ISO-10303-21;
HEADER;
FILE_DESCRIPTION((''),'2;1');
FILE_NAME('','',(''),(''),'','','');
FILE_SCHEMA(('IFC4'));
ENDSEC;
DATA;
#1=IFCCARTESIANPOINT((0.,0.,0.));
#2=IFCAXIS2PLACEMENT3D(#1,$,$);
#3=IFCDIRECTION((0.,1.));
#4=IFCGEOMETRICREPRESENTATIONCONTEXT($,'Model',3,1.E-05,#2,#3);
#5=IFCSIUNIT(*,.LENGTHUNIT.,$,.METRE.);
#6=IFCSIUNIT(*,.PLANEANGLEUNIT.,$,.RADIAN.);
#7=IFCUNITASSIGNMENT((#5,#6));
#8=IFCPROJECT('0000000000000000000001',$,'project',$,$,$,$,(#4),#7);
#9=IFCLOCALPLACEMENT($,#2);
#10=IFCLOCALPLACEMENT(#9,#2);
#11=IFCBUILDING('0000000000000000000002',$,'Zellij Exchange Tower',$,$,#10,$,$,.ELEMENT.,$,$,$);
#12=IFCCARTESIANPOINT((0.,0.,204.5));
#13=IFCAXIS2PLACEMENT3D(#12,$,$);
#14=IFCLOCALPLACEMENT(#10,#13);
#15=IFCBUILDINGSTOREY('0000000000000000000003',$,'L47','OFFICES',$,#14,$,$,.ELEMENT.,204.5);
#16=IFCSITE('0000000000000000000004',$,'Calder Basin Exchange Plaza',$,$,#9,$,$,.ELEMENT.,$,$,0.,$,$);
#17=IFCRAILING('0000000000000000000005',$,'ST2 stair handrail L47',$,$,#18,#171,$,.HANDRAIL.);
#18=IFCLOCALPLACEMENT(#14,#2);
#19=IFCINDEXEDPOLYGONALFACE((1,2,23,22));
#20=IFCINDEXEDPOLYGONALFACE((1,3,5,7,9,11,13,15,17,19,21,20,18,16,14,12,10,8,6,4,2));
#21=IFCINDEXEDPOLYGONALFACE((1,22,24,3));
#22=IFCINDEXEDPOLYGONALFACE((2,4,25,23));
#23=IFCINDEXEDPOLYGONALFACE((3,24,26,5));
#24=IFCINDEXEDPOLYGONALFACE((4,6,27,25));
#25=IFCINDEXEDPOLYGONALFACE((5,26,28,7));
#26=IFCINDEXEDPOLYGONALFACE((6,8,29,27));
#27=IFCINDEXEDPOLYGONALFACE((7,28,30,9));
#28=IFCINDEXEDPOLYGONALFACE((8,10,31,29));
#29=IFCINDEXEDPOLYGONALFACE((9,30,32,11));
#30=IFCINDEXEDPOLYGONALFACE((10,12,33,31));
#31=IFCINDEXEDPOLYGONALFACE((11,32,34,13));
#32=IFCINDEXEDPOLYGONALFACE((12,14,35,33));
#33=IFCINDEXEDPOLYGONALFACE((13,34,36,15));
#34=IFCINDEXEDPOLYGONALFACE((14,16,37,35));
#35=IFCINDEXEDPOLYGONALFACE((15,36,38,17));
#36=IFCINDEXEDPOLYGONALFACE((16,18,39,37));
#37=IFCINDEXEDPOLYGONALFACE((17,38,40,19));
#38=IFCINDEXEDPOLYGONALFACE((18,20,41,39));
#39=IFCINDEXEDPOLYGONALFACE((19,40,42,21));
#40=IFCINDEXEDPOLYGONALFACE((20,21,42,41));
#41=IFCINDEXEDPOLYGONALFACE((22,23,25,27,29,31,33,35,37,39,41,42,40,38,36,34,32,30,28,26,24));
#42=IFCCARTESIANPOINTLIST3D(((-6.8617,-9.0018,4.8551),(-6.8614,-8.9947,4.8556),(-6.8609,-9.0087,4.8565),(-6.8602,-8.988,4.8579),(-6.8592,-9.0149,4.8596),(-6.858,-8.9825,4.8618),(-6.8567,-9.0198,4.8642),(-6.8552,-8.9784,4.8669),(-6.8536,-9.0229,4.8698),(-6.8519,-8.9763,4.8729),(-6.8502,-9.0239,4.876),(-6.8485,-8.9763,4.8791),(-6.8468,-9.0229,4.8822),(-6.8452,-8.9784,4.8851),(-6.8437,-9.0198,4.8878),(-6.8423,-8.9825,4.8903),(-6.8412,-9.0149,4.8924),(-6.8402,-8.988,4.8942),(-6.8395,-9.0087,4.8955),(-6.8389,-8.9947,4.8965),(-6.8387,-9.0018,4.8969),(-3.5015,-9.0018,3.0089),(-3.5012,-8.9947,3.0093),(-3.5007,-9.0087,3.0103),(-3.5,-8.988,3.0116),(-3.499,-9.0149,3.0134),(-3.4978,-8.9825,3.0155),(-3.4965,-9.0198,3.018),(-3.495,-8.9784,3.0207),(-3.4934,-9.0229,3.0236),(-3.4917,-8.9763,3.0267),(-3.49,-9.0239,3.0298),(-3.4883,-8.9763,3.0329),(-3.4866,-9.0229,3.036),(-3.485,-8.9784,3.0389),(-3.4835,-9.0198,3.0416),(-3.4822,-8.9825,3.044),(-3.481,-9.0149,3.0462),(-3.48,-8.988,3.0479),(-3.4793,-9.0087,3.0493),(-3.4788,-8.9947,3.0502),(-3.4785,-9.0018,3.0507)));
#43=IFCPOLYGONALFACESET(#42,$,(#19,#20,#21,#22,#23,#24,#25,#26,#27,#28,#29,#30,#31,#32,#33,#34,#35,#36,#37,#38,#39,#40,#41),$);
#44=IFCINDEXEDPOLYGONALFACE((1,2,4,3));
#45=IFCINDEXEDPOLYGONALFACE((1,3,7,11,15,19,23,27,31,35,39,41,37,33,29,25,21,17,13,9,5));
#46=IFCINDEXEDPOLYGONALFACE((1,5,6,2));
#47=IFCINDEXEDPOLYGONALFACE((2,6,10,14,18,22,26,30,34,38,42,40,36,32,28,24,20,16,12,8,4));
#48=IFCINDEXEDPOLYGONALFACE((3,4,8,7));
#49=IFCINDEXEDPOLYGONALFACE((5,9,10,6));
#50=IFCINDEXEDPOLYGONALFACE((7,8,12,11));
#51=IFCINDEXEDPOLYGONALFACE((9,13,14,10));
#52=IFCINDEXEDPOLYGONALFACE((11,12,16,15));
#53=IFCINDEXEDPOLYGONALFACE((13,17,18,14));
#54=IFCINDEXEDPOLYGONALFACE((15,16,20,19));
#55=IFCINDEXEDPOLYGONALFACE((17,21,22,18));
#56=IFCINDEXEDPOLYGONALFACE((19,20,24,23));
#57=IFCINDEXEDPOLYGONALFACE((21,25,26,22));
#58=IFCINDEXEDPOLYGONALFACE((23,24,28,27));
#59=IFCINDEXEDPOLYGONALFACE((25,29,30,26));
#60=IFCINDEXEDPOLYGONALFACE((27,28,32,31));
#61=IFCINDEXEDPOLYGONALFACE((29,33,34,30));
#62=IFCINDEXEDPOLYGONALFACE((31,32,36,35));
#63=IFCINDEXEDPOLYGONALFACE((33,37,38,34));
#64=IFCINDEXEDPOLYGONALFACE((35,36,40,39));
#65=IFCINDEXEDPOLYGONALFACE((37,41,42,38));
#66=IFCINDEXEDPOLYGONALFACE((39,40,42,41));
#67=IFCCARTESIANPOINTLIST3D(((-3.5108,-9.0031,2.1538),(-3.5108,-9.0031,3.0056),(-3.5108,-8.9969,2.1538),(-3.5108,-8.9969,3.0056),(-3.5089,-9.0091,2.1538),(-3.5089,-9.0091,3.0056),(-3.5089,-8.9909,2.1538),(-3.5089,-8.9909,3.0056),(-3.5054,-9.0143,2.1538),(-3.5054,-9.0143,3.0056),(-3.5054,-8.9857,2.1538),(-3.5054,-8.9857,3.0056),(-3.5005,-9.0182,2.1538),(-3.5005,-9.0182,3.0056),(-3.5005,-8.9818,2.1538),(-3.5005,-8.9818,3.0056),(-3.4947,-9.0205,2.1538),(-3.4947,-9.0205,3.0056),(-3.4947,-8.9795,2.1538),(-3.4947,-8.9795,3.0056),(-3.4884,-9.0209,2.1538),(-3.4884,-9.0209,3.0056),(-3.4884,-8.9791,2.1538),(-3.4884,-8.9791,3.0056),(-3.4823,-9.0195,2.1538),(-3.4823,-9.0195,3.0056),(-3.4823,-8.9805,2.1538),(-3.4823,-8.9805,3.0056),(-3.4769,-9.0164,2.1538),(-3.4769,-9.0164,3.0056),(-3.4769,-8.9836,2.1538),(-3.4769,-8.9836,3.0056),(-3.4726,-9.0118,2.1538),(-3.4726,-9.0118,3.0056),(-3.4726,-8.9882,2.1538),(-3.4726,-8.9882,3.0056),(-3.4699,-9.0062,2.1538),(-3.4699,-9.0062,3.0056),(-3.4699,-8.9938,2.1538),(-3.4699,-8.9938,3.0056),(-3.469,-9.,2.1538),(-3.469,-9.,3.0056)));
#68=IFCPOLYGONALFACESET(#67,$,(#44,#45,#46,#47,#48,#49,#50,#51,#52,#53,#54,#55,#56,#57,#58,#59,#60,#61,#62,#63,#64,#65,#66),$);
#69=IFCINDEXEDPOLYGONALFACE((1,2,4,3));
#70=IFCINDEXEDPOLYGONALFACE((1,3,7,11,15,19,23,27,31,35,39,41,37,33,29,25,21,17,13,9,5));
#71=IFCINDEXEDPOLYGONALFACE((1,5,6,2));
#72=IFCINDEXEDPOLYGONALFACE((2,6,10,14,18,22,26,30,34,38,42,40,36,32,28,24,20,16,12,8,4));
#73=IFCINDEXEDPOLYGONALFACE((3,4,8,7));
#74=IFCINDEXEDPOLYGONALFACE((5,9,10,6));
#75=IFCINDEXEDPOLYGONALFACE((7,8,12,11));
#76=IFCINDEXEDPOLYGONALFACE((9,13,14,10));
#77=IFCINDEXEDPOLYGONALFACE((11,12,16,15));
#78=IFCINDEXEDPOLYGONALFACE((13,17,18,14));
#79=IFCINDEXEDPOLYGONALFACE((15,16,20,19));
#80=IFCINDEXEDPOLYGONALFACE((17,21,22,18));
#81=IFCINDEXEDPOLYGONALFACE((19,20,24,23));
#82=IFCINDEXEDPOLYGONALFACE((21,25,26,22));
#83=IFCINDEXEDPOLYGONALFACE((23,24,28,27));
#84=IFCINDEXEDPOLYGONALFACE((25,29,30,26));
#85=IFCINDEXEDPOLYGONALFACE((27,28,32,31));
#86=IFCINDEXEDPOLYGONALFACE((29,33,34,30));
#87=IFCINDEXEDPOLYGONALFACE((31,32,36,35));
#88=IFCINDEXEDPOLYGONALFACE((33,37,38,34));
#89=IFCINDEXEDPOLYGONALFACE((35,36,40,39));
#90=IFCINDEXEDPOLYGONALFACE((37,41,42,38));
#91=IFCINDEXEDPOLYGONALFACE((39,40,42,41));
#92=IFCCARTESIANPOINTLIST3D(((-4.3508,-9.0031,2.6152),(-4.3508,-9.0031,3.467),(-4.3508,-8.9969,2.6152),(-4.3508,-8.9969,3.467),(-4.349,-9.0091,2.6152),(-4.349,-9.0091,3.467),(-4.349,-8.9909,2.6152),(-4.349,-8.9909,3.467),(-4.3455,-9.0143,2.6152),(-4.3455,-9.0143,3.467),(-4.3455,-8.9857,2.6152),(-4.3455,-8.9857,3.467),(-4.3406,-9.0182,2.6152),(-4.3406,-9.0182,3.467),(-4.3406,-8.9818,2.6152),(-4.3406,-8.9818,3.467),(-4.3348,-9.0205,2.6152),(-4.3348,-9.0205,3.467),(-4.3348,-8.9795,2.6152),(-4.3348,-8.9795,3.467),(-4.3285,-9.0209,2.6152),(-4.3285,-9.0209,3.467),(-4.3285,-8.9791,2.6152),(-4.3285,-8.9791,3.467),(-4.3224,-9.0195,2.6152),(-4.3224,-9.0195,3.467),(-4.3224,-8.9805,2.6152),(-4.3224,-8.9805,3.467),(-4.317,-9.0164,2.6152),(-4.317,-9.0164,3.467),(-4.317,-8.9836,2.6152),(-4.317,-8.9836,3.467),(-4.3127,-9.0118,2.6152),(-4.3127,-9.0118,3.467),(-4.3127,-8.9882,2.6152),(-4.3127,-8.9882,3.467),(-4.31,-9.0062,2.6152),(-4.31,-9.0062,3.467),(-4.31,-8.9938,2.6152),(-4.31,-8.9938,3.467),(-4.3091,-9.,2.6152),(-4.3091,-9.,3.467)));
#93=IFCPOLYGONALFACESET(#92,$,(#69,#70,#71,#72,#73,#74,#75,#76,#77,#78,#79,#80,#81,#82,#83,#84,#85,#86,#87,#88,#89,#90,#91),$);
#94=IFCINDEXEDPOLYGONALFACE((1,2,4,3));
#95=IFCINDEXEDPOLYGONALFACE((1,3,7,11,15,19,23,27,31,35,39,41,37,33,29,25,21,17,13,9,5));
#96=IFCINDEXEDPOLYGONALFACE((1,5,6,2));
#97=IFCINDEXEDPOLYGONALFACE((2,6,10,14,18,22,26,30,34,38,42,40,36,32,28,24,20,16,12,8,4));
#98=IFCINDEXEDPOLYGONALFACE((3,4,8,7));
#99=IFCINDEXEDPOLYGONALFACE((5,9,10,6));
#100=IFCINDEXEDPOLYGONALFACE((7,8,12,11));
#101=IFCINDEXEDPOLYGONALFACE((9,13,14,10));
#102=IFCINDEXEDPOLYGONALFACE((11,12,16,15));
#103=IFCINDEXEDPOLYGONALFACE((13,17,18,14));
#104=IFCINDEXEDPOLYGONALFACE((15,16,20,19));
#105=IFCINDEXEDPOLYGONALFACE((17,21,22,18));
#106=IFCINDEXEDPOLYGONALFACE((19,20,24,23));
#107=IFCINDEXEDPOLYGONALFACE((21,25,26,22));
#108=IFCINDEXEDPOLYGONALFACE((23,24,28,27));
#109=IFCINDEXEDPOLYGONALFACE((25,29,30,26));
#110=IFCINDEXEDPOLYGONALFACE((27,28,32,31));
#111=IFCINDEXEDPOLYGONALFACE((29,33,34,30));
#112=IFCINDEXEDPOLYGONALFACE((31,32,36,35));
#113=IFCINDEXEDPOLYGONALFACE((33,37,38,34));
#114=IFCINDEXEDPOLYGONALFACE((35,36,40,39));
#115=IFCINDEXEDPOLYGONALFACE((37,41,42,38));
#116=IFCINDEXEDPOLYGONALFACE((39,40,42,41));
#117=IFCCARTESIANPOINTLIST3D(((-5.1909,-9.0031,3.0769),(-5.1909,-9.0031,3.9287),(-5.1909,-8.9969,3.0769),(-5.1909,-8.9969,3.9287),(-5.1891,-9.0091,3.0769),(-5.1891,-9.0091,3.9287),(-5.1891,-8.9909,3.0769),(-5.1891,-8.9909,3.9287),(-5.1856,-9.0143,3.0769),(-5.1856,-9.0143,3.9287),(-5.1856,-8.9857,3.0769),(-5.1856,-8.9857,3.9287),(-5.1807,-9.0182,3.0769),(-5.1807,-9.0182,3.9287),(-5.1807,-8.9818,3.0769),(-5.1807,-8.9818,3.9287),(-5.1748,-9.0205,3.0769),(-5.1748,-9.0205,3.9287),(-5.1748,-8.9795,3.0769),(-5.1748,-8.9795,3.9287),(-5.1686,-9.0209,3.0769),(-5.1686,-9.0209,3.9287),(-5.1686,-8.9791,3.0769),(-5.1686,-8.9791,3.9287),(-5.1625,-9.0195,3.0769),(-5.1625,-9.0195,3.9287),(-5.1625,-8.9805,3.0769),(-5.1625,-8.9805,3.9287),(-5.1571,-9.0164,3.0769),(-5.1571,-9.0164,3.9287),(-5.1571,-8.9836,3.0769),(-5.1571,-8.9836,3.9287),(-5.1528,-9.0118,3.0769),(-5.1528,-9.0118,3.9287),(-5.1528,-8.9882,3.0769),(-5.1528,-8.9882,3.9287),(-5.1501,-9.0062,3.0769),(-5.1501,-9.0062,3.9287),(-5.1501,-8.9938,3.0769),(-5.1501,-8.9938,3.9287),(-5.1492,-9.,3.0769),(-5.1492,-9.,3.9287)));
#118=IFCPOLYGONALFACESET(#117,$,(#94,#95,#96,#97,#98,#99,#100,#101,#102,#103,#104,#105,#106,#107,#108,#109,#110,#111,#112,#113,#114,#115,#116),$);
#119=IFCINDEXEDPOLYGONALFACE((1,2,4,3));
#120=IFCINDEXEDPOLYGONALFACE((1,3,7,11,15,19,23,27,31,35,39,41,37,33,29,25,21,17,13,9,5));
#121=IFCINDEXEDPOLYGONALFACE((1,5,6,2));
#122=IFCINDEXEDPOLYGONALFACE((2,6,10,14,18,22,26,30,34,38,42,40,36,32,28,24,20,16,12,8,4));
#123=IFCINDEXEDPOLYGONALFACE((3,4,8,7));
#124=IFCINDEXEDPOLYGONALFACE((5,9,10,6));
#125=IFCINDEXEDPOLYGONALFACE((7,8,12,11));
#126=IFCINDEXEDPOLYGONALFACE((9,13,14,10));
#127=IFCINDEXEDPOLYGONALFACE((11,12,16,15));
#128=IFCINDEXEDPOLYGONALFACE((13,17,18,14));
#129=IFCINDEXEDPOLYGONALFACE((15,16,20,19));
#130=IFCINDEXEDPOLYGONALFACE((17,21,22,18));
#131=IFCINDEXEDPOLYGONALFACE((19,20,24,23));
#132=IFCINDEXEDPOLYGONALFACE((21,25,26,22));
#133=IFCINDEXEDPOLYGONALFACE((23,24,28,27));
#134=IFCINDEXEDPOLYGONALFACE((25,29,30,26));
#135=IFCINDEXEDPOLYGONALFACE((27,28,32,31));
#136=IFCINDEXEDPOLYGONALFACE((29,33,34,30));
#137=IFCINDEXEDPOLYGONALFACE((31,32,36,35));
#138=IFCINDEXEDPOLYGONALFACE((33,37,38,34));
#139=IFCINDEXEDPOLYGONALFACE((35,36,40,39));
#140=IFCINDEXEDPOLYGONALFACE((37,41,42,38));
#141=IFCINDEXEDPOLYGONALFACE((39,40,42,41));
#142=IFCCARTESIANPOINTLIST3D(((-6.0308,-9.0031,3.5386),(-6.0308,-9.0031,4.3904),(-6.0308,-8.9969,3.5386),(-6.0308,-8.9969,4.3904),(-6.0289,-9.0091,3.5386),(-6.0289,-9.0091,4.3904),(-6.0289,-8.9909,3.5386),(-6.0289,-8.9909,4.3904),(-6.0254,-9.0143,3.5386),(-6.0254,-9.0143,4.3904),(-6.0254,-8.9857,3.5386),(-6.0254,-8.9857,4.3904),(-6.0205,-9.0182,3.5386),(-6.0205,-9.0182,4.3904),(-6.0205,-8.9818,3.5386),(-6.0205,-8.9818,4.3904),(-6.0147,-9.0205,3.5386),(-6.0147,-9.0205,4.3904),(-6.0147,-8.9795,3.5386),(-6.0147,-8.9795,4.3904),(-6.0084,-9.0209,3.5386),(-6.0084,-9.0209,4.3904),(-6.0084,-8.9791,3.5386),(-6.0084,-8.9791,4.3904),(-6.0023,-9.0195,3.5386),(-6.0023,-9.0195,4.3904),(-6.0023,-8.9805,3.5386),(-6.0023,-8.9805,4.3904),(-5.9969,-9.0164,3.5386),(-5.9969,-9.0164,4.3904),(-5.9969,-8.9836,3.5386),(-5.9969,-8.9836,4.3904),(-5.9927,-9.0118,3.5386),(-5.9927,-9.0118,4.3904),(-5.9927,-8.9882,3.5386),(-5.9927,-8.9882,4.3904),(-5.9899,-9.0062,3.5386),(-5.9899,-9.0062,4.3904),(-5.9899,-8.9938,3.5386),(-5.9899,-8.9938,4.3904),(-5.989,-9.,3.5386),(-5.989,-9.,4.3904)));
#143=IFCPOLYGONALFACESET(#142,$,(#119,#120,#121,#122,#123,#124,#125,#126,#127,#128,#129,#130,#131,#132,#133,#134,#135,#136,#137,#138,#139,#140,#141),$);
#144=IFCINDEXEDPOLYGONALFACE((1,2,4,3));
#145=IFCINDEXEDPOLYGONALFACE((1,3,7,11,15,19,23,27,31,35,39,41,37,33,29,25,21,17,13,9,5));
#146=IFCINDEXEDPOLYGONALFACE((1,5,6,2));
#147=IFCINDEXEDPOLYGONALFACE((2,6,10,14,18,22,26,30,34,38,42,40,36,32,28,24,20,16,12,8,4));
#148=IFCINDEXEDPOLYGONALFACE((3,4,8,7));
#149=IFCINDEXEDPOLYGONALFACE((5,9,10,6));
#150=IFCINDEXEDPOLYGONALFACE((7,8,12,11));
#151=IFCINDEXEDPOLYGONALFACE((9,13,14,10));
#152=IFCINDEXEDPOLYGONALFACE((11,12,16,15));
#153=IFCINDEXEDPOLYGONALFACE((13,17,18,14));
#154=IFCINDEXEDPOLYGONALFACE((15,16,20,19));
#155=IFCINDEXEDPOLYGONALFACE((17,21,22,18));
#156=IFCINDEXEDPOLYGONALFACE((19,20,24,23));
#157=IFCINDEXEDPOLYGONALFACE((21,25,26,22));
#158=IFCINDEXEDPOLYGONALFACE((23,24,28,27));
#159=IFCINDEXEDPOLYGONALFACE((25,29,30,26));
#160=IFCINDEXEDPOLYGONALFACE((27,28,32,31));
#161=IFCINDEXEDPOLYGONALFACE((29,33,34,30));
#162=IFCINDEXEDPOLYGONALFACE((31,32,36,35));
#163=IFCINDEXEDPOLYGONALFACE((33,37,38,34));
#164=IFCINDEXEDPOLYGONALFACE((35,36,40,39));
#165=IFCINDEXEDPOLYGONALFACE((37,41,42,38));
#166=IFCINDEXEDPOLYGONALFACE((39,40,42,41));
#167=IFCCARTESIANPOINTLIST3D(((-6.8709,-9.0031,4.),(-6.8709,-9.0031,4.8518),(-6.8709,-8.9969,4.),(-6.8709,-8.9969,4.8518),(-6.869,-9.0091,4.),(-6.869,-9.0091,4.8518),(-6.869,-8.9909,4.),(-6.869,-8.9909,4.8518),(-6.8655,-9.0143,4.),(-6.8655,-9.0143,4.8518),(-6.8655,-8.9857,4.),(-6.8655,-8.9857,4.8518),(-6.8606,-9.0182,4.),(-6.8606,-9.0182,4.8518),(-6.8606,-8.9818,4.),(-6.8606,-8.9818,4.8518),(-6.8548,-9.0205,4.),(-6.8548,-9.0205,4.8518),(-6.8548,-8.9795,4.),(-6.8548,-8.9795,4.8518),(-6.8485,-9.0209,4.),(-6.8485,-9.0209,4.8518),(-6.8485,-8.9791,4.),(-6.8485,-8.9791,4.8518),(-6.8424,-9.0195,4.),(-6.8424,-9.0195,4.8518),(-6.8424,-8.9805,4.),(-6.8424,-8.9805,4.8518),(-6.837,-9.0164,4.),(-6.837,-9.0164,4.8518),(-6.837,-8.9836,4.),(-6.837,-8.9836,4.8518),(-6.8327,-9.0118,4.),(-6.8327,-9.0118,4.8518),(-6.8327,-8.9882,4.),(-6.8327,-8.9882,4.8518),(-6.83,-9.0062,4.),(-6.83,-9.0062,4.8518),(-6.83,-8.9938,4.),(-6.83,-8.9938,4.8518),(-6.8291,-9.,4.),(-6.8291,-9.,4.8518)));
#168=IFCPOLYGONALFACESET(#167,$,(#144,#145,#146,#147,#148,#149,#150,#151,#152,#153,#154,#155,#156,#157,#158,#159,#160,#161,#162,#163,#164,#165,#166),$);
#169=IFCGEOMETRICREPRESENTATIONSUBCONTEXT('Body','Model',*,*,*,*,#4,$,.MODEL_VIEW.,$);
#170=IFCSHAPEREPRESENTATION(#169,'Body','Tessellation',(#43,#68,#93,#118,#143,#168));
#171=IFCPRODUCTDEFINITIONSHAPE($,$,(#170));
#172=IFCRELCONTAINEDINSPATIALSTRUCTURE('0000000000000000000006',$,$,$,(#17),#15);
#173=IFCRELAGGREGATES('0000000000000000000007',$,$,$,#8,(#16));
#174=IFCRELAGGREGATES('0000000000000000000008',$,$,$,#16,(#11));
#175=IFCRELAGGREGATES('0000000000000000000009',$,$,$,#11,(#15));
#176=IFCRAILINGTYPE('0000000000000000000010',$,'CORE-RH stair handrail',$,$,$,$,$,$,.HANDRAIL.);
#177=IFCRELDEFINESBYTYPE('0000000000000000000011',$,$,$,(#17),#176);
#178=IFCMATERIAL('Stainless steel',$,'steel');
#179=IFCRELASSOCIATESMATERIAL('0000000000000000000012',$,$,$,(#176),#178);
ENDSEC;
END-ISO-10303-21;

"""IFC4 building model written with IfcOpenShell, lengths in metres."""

from ifc_helpers import new_model, si_unit, direction, frame, origin, origin_2d, place, context, subcontext, project, spatial, circle, extrude, material, type_object, element, save


model = new_model("IFC4")

# Units and contexts
model_context = context("Model", 3, precision=1e-05, world=origin(), true_north=direction((0.0, 1.0)))
body_context = subcontext(model_context, "Body", "Model", "MODEL_VIEW")
ifc_project = project(units=[si_unit("LENGTHUNIT", "METRE"), si_unit("PLANEANGLEUNIT", "RADIAN")], contexts=[model_context])

# Site, building, storey
site_placement = place(None, origin())
site = spatial("IfcSite", under=ifc_project, at=site_placement, Name="Calder Basin Exchange Plaza", CompositionType="ELEMENT", RefElevation=0.0)
building_placement = place(site_placement, origin())
building = spatial("IfcBuilding", under=site, at=building_placement, Name="Zellij Exchange Tower", CompositionType="ELEMENT")
storey_placement = place(building_placement, frame((0.0, 0.0, 204.5)))
storey = spatial("IfcBuildingStorey", under=building, at=storey_placement, Name="L47", Description="OFFICES", CompositionType="ELEMENT", Elevation=204.5)

# Railing
ifc_material_1 = material(Name="Stainless steel", Category="steel")
railing_type_1 = type_object("IfcRailingType", Name="CORE-RH stair handrail", PredefinedType="HANDRAIL", material=ifc_material_1)
railing_1_placement = place(storey_placement, frame((-3.49, -9.0, 2.1538)))
element("IfcRailing", 1, at=railing_1_placement, inside=storey, type_object=railing_type_1, Name="ST2 stair handrail L47", PredefinedType="HANDRAIL", context=body_context, shape_type="SweptSolid", body=[
    extrude(circle(Radius=0.0239, at=origin_2d()), frame((0.0, 0.0, 0.876), z_axis=(-0.876422, 0.0, 0.481545), x_axis=(0.0, -1.0, 0.0)), (0.0, 0.0, 1.0), 3.834),
    extrude(circle(Radius=0.021, at=origin_2d()), origin(), (0.0, 0.0, 1.0), 0.8518),
    extrude(circle(Radius=0.021, at=origin_2d()), frame((-0.8401, 0.0, 0.4614)), (0.0, 0.0, 1.0), 0.8518),
    extrude(circle(Radius=0.021, at=origin_2d()), frame((-1.6802, 0.0, 0.9231)), (0.0, 0.0, 1.0), 0.8518),
    extrude(circle(Radius=0.021, at=origin_2d()), frame((-2.52, 0.0, 1.3848)), (0.0, 0.0, 1.0), 0.8518),
    extrude(circle(Radius=0.021, at=origin_2d()), frame((-3.3601, 0.0, 1.8462)), (0.0, 0.0, 1.0), 0.8518),
])

save(model, "model.ifc")
